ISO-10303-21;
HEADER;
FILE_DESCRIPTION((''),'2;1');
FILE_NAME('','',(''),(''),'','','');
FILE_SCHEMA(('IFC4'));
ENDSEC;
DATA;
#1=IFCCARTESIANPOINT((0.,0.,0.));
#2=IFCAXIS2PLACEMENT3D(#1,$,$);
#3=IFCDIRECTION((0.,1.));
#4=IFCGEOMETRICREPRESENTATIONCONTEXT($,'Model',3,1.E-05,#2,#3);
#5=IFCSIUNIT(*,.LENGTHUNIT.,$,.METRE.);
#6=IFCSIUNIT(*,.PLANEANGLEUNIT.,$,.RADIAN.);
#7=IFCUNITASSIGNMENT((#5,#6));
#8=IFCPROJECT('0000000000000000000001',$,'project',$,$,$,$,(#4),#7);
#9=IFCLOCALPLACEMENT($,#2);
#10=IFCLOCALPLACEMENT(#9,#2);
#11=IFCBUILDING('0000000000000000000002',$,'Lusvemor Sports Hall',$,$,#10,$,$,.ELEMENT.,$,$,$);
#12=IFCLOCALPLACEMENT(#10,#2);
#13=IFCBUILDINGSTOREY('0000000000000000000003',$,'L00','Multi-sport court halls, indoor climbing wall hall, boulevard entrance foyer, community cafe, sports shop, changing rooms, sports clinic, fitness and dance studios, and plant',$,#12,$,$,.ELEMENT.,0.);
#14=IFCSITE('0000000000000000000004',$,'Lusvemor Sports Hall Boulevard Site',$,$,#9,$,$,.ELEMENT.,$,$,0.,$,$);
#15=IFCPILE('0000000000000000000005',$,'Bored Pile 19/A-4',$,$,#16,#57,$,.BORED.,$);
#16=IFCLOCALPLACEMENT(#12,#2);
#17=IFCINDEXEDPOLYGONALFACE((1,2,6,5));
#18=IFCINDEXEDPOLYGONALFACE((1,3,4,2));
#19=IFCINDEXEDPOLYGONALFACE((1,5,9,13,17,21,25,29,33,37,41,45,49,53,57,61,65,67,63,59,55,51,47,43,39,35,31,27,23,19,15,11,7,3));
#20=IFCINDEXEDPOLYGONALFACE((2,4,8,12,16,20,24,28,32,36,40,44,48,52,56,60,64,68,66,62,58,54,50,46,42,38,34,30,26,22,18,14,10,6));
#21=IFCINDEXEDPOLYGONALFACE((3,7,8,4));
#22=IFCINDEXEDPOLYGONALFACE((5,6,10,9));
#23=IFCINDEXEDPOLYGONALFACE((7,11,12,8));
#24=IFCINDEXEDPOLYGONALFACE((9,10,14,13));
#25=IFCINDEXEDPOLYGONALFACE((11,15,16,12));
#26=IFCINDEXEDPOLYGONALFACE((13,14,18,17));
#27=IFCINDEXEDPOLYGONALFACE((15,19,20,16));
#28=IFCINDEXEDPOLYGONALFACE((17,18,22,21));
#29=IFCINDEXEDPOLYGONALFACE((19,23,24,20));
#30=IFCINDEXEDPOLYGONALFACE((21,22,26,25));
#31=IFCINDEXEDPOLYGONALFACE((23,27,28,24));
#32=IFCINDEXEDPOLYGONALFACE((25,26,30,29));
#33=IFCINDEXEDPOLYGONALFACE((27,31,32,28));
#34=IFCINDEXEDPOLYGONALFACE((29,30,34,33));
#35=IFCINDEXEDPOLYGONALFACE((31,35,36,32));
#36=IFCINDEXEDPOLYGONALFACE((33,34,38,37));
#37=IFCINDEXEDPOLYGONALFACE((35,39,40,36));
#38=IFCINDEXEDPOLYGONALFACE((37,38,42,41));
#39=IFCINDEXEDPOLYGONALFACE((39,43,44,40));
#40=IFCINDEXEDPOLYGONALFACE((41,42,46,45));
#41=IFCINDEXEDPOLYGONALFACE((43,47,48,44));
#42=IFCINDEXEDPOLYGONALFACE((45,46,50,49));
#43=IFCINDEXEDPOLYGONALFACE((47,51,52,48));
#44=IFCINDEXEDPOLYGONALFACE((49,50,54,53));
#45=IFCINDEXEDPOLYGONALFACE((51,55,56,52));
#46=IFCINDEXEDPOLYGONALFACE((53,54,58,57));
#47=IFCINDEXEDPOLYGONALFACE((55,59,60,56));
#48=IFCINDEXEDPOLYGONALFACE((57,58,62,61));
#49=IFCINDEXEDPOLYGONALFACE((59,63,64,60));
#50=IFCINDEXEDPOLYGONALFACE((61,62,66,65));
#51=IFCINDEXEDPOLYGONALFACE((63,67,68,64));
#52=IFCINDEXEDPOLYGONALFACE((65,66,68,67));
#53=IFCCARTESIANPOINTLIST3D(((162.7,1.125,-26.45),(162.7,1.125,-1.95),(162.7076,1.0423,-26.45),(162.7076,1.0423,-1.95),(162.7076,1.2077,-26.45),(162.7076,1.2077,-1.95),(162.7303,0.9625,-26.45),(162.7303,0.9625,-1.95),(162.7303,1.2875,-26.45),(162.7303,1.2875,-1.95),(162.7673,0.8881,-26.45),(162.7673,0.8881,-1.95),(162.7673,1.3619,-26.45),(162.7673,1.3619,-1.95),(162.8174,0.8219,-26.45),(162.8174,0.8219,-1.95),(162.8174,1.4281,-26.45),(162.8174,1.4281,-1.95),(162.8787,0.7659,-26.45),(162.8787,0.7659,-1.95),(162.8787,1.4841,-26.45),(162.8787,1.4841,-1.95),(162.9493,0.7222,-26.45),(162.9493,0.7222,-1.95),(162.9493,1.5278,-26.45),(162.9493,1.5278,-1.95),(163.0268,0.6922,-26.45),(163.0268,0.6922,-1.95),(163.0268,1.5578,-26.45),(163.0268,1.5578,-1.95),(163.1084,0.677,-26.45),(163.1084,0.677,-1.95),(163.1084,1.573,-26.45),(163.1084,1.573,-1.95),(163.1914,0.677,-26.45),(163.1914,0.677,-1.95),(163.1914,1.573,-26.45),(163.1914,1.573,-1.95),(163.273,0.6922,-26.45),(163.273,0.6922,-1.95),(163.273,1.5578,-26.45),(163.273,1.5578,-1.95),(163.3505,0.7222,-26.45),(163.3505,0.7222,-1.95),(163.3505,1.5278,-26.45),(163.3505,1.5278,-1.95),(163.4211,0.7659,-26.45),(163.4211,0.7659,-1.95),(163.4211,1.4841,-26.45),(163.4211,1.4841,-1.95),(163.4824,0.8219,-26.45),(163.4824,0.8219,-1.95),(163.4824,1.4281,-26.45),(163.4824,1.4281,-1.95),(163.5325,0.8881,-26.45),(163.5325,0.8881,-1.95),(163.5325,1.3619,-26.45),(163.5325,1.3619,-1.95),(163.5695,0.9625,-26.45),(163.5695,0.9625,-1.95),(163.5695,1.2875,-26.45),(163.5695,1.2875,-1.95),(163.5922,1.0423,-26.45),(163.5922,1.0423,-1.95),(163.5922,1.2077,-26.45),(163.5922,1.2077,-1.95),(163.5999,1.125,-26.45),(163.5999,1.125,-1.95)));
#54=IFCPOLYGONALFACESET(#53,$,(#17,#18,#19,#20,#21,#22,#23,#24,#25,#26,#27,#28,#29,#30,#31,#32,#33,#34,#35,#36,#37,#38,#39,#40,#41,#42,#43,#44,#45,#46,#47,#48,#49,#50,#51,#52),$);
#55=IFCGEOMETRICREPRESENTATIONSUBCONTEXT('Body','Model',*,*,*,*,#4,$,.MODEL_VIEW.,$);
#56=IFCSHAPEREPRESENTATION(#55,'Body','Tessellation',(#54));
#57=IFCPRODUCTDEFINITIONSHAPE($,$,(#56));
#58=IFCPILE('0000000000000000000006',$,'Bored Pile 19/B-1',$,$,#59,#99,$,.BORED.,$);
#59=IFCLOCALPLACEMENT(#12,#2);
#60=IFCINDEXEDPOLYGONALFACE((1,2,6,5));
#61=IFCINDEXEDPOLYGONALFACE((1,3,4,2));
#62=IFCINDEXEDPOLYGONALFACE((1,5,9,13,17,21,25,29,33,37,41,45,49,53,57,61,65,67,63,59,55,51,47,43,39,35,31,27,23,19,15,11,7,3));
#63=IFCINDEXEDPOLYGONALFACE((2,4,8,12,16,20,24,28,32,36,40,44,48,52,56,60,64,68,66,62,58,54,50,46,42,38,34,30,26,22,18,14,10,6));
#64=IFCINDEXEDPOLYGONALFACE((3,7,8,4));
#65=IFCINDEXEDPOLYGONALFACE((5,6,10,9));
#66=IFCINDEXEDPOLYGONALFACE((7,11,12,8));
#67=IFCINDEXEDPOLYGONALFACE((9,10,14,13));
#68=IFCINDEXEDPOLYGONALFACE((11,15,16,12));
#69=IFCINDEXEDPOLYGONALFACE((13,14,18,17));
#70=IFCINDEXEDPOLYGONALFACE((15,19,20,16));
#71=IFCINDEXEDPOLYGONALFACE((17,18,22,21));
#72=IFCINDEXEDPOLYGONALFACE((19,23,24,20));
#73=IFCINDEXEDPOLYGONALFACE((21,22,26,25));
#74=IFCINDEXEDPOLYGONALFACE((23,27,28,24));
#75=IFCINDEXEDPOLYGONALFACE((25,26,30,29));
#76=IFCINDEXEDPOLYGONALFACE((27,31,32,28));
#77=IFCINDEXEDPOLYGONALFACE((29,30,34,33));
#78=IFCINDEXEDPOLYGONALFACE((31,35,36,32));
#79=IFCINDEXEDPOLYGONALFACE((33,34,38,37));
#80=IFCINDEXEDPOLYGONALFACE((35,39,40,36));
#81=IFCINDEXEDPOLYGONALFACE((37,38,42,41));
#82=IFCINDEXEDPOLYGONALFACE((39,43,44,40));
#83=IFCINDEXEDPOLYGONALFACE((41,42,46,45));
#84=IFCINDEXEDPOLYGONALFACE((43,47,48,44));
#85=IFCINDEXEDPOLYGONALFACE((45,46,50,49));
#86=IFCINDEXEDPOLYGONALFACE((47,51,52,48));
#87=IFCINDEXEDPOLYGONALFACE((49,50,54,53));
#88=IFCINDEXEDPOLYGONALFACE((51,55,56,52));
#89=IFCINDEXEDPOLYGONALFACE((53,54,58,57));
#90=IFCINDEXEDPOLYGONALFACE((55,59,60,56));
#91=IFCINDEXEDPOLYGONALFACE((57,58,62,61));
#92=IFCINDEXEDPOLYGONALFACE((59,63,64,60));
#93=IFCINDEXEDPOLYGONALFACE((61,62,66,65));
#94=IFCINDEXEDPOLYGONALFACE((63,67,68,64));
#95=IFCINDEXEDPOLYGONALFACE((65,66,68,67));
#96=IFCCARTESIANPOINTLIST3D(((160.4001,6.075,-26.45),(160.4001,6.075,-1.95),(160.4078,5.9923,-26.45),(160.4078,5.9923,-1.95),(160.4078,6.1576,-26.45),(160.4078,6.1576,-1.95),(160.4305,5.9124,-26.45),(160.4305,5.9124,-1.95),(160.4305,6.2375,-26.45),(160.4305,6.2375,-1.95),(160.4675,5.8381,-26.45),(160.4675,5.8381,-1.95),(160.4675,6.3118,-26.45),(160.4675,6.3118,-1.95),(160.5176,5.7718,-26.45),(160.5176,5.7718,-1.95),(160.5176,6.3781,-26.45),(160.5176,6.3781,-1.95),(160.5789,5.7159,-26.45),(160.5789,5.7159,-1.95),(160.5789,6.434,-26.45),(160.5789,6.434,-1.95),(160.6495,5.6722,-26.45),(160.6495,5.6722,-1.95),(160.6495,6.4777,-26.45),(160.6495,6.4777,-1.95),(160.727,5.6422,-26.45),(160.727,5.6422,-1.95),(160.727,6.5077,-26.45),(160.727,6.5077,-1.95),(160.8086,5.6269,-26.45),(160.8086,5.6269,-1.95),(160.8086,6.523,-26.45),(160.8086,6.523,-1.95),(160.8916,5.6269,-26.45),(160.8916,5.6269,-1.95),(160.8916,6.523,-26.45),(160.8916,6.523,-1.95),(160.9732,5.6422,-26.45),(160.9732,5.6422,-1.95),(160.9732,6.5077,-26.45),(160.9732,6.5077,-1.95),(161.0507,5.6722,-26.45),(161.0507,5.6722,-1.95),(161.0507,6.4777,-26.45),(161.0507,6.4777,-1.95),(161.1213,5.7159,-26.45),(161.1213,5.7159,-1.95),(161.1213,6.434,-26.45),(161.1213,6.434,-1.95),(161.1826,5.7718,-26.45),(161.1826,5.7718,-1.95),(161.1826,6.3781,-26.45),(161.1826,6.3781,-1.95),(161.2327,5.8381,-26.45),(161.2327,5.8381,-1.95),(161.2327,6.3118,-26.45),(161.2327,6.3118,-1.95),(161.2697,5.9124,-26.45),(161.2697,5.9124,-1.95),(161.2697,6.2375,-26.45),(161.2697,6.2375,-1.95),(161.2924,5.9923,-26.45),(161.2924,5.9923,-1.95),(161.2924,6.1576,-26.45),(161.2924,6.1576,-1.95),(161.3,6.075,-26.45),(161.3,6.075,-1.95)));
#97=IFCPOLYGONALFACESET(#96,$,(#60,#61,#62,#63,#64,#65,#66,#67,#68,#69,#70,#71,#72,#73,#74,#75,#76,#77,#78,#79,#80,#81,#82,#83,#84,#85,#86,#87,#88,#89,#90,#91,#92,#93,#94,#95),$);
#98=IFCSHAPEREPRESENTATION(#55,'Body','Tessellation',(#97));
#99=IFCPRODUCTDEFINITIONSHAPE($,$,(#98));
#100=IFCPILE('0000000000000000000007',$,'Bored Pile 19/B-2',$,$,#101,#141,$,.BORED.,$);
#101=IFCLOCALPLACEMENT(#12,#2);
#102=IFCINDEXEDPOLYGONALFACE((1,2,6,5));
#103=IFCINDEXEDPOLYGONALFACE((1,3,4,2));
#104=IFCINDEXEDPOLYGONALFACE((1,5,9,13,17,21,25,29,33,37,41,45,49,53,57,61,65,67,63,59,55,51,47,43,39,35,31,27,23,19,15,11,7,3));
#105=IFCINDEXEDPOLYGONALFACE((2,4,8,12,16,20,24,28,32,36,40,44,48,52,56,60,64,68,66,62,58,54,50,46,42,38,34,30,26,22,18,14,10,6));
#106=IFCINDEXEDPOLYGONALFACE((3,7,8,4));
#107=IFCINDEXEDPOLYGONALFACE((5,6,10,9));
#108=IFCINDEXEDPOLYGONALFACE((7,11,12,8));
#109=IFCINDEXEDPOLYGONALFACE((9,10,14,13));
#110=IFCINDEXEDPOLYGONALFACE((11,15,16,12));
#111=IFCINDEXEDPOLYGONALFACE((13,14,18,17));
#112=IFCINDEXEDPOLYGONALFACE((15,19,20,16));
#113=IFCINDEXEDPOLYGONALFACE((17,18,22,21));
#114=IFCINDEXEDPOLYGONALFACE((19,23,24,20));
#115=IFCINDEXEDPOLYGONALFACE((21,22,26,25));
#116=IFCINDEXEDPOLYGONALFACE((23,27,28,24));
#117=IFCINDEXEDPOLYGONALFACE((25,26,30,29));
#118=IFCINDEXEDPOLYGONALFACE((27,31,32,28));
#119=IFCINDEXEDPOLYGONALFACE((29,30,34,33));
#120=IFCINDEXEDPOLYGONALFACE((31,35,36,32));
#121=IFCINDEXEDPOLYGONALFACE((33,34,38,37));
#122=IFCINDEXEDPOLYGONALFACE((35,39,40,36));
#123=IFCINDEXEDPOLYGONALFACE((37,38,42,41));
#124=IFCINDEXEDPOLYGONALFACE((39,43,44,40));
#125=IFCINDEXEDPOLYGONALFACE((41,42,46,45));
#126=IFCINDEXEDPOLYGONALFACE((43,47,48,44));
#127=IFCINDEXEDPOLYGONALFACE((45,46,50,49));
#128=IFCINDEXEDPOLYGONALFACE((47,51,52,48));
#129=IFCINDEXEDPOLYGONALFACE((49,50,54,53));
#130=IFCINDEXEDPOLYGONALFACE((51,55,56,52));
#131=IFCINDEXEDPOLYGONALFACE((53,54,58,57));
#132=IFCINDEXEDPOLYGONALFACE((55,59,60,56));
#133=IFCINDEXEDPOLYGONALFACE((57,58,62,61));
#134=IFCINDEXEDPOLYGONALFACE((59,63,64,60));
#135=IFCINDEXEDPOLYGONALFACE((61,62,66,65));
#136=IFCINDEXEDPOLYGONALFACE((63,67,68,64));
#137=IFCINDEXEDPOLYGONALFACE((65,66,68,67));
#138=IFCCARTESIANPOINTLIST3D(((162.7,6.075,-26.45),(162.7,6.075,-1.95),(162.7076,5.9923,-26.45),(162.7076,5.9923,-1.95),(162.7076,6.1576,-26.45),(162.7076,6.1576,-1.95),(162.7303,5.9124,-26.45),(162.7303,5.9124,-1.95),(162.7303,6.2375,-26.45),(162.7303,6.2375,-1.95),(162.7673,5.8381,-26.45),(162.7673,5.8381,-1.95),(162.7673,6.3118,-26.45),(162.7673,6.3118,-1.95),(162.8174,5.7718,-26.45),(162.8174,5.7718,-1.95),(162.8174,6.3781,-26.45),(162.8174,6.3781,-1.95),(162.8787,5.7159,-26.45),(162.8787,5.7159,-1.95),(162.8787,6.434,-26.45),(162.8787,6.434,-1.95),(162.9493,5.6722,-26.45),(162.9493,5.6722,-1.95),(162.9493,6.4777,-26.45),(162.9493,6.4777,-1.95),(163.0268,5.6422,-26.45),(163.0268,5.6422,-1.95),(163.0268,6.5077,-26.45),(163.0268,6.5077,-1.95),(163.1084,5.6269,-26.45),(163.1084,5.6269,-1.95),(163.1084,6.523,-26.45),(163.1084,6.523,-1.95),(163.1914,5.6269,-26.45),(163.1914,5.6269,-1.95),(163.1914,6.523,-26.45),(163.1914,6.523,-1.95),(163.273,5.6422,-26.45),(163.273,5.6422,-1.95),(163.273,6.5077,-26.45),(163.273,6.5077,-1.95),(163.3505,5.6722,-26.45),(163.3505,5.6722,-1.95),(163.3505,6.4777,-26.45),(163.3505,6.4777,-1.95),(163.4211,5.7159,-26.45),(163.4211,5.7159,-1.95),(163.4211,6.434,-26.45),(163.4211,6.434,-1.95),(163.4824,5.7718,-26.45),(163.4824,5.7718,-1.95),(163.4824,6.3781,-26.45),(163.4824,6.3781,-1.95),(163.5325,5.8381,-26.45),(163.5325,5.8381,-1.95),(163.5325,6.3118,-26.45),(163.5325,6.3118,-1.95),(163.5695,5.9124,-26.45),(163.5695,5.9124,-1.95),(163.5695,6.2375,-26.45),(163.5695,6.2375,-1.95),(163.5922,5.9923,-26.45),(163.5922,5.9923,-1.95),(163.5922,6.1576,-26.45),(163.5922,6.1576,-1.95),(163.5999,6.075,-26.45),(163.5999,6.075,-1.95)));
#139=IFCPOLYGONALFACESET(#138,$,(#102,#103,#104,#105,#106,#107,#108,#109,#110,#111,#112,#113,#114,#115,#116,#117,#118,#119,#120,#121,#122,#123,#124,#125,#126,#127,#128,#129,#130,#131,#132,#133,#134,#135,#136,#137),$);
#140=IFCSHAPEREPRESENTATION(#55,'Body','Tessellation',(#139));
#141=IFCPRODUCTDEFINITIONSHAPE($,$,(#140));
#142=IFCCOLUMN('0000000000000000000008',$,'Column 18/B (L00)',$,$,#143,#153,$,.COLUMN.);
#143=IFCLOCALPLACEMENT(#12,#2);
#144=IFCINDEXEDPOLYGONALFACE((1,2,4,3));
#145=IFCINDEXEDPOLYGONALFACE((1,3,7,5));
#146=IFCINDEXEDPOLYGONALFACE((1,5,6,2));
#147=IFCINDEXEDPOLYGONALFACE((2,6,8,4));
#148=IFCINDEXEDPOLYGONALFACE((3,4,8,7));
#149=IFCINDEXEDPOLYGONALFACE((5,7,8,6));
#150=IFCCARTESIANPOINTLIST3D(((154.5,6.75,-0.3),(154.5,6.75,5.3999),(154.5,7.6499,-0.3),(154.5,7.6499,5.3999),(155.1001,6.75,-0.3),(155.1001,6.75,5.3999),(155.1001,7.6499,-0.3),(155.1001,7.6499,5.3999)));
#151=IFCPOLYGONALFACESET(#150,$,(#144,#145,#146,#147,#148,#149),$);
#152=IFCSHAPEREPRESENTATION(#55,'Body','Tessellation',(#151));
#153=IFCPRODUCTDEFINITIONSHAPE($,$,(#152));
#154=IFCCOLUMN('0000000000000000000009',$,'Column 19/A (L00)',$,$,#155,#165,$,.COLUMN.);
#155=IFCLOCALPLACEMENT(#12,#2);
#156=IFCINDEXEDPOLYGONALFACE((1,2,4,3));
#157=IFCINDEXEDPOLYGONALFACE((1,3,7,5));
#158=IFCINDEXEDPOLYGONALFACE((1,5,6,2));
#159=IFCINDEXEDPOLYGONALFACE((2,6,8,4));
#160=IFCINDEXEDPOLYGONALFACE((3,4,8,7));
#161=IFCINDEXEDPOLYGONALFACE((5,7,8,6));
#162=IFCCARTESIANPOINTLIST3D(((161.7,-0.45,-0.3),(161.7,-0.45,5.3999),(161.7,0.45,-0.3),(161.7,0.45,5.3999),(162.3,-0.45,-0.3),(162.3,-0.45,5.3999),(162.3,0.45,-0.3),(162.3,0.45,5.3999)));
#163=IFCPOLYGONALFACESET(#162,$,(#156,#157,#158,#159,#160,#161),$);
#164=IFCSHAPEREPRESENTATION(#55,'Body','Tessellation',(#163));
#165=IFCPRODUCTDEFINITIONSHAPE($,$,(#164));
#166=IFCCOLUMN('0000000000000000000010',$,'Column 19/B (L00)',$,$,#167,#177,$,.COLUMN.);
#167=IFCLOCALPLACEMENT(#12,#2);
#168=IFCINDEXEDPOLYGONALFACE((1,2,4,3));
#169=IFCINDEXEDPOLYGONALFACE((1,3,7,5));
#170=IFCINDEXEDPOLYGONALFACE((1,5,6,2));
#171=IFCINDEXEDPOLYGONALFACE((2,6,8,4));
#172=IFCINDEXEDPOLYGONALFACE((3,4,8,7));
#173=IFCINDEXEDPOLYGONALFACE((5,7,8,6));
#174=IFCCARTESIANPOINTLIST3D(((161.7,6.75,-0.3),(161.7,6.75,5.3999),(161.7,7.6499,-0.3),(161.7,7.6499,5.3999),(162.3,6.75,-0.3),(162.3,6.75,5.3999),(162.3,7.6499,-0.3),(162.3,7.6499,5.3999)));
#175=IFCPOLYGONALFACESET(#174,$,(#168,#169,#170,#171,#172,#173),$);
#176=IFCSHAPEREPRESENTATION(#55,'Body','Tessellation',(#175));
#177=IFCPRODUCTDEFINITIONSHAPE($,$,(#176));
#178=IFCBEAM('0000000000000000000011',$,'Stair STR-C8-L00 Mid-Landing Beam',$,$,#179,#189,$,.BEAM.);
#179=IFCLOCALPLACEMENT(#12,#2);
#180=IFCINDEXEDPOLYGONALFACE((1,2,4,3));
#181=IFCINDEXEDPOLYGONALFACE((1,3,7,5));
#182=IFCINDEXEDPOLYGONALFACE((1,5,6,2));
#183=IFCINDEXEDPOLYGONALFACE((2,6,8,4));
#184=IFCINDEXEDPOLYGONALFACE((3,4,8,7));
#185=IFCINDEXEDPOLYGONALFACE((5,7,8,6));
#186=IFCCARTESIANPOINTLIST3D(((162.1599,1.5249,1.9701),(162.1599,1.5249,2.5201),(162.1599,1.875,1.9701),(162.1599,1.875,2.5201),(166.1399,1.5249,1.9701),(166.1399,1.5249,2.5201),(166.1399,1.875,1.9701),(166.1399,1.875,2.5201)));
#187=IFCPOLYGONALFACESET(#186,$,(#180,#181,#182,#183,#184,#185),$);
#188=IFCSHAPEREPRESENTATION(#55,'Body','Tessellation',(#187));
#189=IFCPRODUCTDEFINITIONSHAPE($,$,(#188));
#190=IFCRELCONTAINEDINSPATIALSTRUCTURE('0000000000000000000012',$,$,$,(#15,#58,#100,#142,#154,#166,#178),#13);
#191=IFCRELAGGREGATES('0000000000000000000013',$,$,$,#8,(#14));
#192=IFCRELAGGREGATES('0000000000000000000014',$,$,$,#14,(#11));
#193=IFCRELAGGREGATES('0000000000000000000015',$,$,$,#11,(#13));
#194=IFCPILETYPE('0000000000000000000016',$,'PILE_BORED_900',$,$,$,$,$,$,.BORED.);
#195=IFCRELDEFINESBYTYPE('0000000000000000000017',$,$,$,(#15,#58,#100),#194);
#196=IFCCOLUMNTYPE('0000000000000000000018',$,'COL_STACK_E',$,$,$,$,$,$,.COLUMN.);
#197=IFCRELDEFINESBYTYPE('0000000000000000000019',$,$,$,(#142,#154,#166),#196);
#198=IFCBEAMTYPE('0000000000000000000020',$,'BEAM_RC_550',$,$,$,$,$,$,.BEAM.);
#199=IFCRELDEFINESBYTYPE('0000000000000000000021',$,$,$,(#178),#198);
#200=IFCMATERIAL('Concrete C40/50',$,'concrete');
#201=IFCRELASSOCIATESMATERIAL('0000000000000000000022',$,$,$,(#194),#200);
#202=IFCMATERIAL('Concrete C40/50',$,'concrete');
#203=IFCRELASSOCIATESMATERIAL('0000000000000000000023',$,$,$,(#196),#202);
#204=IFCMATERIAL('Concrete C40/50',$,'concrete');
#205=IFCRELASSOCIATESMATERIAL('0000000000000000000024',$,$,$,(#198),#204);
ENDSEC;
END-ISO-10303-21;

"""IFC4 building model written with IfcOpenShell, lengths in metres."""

from ifc_helpers import new_model, si_unit, direction, frame, origin, origin_2d, place, context, subcontext, project, spatial, rectangle, circle, extrude, material, material_profile, profile_set, type_object, element, save


model = new_model("IFC4")

# Units and contexts
model_context = context("Model", 3, precision=1e-05, world=origin(), true_north=direction((0.0, 1.0)))
body_context = subcontext(model_context, "Body", "Model", "MODEL_VIEW")
ifc_project = project(units=[si_unit("LENGTHUNIT", "METRE"), si_unit("PLANEANGLEUNIT", "RADIAN")], contexts=[model_context])

# Site, building, storey
site_placement = place(None, origin())
site = spatial("IfcSite", under=ifc_project, at=site_placement, Name="Lusvemor Sports Hall Boulevard Site", CompositionType="ELEMENT", RefElevation=0.0)
building_placement = place(site_placement, origin())
building = spatial("IfcBuilding", under=site, at=building_placement, Name="Lusvemor Sports Hall", CompositionType="ELEMENT")
storey_placement = place(building_placement, origin())
storey = spatial("IfcBuildingStorey", under=building, at=storey_placement, Name="L00", Description="Multi-sport court halls, indoor climbing wall hall, boulevard entrance foyer, community cafe, sports shop, changing rooms, sports clinic, fitness and dance studios, and plant", CompositionType="ELEMENT", Elevation=0.0)

# Piles
ifc_material_1 = material(Name="Concrete C40/50", Category="concrete")
ifc_material_profile_1 = material_profile(ifc_material_1, circle(Radius=0.45, at=origin_2d()), Name="PILE900")
ifc_profile_set_1 = profile_set([ifc_material_profile_1], Name="Concrete C40/50")
pile_type = type_object("IfcPileType", Name="PILE_BORED_900", PredefinedType="BORED", material=ifc_profile_set_1)
for number, where, z_axis, x_axis, name in (
    (1, (163.1499, 1.125, -1.95), (0.0, 0.0, -1.0), (1.0, 0.0, 0.0), "Bored Pile 19/A-4"),
    (2, (160.8501, 6.075, -1.95), (0.0, 0.0, -1.0), (1.0, 0.0, 0.0), "Bored Pile 19/B-1"),
    (3, (163.1499, 6.075, -1.95), (0.0, 0.0, -1.0), (1.0, 0.0, 0.0), "Bored Pile 19/B-2"),
):
    element("IfcPile", number, at=place(storey_placement, frame(where, z_axis=z_axis, x_axis=x_axis)), inside=storey, type_object=pile_type, Name=name, PredefinedType="BORED", context=body_context, shape_type="SweptSolid", body=[
        extrude(circle(Radius=0.45, at=origin_2d()), origin(), (0.0, 0.0, 1.0), 24.5),
    ])

# Columns
ifc_material_2 = material(Name="Concrete C40/50", Category="concrete")
ifc_material_profile_2 = material_profile(ifc_material_2, rectangle(XDim=0.6001, YDim=0.8999, at=origin_2d()), Name="RC600x900")
ifc_profile_set_2 = profile_set([ifc_material_profile_2], Name="Concrete C40/50")
column_type = type_object("IfcColumnType", Name="COL_STACK_E", PredefinedType="COLUMN", material=ifc_profile_set_2)
for number, where, z_axis, x_axis, name in (
    (4, (154.8, 7.2, -0.3), (0.0, 0.0, 1.0), (1.0, 0.0, 0.0), "Column 18/B (L00)"),
    (5, (162.0, 0.0, -0.3), (0.0, 0.0, 1.0), (1.0, 0.0, 0.0), "Column 19/A (L00)"),
    (6, (162.0, 7.2, -0.3), (0.0, 0.0, 1.0), (1.0, 0.0, 0.0), "Column 19/B (L00)"),
):
    element("IfcColumn", number, at=place(storey_placement, frame(where, z_axis=z_axis, x_axis=x_axis)), inside=storey, type_object=column_type, Name=name, PredefinedType="COLUMN", context=body_context, shape_type="SweptSolid", body=[
        extrude(rectangle(XDim=0.6001, YDim=0.8999, at=origin_2d()), origin(), (0.0, 0.0, 1.0), 5.7),
    ])

# Beam
ifc_material_3 = material(Name="Concrete C40/50", Category="concrete")
ifc_material_profile_3 = material_profile(ifc_material_3, rectangle(XDim=0.3501, YDim=0.55, at=origin_2d()), Name="RC350x550")
ifc_profile_set_3 = profile_set([ifc_material_profile_3], Name="Concrete C40/50")
beam_type = type_object("IfcBeamType", Name="BEAM_RC_550", PredefinedType="BEAM", material=ifc_profile_set_3)
beam_placement = place(storey_placement, frame((162.1599, 1.7, 2.2451), z_axis=(1.0, 0.0, 0.0), x_axis=(0.0, 1.0, 0.0)))
element("IfcBeam", 7, at=beam_placement, inside=storey, type_object=beam_type, Name="Stair STR-C8-L00 Mid-Landing Beam", PredefinedType="BEAM", context=body_context, shape_type="SweptSolid", body=[
    extrude(rectangle(XDim=0.3501, YDim=0.55, at=origin_2d()), origin(), (0.0, 0.0, 1.0), 3.98),
])

save(model, "model.ifc")
